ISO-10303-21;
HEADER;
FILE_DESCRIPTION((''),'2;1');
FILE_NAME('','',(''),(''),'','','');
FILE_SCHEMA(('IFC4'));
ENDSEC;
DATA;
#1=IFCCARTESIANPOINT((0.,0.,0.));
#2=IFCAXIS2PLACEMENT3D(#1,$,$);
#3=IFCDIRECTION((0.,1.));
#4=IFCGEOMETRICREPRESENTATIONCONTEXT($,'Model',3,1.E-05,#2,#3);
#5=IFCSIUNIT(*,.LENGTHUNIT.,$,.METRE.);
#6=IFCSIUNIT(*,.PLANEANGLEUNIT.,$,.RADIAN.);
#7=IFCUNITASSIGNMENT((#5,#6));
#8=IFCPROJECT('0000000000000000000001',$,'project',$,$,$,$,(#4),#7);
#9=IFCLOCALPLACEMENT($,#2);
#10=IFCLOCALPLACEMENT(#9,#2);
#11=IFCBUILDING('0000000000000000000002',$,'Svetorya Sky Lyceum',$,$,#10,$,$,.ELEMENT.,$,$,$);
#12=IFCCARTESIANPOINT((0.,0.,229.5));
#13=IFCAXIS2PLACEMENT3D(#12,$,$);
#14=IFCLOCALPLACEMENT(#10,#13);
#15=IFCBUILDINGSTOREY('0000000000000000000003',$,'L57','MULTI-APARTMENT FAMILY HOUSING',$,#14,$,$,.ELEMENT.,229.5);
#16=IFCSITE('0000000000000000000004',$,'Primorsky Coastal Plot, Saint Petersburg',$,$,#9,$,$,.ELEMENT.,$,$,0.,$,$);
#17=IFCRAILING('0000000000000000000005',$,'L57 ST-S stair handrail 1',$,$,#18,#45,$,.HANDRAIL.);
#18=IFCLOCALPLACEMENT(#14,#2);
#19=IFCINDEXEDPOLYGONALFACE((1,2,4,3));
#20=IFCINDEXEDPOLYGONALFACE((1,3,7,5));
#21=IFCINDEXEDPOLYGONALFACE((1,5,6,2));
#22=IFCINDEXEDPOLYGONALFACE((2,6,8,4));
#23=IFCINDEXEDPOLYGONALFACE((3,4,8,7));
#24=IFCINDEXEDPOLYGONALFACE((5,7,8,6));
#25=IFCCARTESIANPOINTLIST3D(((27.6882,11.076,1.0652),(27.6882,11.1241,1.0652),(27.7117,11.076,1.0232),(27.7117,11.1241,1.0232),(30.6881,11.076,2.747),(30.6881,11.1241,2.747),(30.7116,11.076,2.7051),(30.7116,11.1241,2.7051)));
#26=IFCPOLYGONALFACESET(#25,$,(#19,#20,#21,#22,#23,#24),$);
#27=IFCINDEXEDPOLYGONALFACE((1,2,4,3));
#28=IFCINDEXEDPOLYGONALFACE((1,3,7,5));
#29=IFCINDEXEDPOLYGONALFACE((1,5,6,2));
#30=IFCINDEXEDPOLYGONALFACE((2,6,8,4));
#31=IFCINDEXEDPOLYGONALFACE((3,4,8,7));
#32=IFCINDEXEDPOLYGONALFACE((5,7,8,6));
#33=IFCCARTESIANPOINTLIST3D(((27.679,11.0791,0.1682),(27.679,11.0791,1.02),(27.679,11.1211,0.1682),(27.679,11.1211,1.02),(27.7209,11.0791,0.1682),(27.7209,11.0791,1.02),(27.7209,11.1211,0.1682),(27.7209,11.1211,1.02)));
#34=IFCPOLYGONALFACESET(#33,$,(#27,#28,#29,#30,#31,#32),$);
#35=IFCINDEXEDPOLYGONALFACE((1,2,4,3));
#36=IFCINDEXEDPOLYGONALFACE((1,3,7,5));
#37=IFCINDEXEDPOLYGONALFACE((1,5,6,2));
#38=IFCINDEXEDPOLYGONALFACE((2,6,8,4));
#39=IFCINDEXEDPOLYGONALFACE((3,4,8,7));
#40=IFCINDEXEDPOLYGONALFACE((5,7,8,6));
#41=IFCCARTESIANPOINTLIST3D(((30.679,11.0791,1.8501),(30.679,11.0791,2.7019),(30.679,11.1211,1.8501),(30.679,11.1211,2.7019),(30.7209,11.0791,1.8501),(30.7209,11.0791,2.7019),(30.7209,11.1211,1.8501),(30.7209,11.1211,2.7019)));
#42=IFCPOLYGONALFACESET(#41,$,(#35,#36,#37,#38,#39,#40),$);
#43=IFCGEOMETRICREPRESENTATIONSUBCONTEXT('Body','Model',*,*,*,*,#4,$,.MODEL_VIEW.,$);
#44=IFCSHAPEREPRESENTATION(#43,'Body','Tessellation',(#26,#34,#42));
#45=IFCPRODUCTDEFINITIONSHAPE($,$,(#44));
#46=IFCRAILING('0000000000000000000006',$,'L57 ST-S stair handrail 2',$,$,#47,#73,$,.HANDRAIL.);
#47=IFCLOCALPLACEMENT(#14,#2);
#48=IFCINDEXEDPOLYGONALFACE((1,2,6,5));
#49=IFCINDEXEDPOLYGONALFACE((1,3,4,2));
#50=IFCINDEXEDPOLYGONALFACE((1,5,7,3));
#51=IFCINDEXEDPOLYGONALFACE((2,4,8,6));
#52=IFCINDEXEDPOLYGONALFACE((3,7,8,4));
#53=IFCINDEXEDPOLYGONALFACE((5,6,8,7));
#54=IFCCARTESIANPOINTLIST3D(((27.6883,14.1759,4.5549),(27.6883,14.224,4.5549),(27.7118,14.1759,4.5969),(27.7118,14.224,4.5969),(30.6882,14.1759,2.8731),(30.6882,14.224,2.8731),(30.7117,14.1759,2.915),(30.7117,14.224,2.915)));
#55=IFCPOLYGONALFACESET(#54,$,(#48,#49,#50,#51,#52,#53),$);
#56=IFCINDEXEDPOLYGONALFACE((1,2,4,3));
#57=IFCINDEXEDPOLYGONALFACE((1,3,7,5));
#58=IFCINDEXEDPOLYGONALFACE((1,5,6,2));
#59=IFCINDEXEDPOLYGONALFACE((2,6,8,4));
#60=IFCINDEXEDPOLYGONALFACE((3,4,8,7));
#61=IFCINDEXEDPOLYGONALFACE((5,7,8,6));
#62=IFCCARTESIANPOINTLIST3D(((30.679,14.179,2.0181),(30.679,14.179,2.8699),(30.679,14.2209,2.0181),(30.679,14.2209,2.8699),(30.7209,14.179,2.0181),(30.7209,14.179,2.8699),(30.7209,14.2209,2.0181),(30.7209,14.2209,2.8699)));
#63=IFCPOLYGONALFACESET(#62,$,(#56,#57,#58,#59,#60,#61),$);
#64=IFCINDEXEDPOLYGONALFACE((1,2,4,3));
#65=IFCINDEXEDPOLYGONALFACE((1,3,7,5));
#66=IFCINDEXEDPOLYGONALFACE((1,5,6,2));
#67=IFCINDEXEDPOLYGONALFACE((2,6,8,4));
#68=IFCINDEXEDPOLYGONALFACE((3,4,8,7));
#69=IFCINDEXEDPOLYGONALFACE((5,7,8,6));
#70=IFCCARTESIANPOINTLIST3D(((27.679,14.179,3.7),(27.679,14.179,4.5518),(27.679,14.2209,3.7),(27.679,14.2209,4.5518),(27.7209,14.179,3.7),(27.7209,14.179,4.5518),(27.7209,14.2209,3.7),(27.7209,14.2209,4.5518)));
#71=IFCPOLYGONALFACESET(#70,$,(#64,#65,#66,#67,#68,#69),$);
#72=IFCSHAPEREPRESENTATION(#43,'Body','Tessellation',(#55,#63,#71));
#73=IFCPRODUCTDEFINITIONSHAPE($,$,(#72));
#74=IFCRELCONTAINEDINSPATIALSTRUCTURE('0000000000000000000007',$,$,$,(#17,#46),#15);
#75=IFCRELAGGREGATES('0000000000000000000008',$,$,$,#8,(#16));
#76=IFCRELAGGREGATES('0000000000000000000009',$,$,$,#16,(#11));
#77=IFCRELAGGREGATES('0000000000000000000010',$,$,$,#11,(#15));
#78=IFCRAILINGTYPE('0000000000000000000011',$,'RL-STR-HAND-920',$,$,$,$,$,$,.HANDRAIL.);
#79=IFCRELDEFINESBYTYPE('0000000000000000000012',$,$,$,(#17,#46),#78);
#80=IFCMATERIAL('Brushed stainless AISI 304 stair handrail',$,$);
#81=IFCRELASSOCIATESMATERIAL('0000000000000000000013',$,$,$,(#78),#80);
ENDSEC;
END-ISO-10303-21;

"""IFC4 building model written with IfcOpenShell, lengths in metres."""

from ifc_helpers import new_model, si_unit, direction, frame, origin, origin_2d, place, context, subcontext, project, spatial, rectangle, extrude, material, type_object, element, save


model = new_model("IFC4")

# Units and contexts
model_context = context("Model", 3, precision=1e-05, world=origin(), true_north=direction((0.0, 1.0)))
body_context = subcontext(model_context, "Body", "Model", "MODEL_VIEW")
ifc_project = project(units=[si_unit("LENGTHUNIT", "METRE"), si_unit("PLANEANGLEUNIT", "RADIAN")], contexts=[model_context])

# Site, building, storey
site_placement = place(None, origin())
site = spatial("IfcSite", under=ifc_project, at=site_placement, Name="Primorsky Coastal Plot, Saint Petersburg", CompositionType="ELEMENT", RefElevation=0.0)
building_placement = place(site_placement, origin())
building = spatial("IfcBuilding", under=site, at=building_placement, Name="Svetorya Sky Lyceum", CompositionType="ELEMENT")
storey_placement = place(building_placement, frame((0.0, 0.0, 229.5)))
storey = spatial("IfcBuildingStorey", under=building, at=storey_placement, Name="L57", Description="MULTI-APARTMENT FAMILY HOUSING", CompositionType="ELEMENT", Elevation=229.5)

# Railings
ifc_material_1 = material(Name="Brushed stainless AISI 304 stair handrail")
railing_type_1 = type_object("IfcRailingType", Name="RL-STR-HAND-920", PredefinedType="HANDRAIL", material=ifc_material_1)
railing_1_placement = place(storey_placement, frame((27.7, 11.1001, 0.1682)))
element("IfcRailing", 1, at=railing_1_placement, inside=storey, type_object=railing_type_1, Name="L57 ST-S stair handrail 1", PredefinedType="HANDRAIL", context=body_context, shape_type="SweptSolid", body=[
    extrude(rectangle(XDim=0.0481, YDim=0.0481, at=origin_2d()), frame((0.0, 0.0, 0.876), z_axis=(0.872272, 0.0, 0.48902), x_axis=(0.0, 1.0, 0.0)), (0.0, 0.0, 1.0), 3.4392),
    extrude(rectangle(XDim=0.042, YDim=0.042, at=origin_2d()), origin(), (0.0, 0.0, 1.0), 0.8518),
    extrude(rectangle(XDim=0.042, YDim=0.042, at=origin_2d()), frame((3.0, 0.0, 1.6819)), (0.0, 0.0, 1.0), 0.8518),
])
railing_2_placement = place(storey_placement, frame((30.7, 14.2, 2.0181)))
element("IfcRailing", 2, at=railing_2_placement, inside=storey, type_object=railing_type_1, Name="L57 ST-S stair handrail 2", PredefinedType="HANDRAIL", context=body_context, shape_type="SweptSolid", body=[
    extrude(rectangle(XDim=0.0481, YDim=0.0481, at=origin_2d()), frame((0.0, 0.0, 0.876), z_axis=(-0.872272, 0.0, 0.48902), x_axis=(0.0, -1.0, 0.0)), (0.0, 0.0, 1.0), 3.4392),
    extrude(rectangle(XDim=0.042, YDim=0.042, at=origin_2d()), origin(), (0.0, 0.0, 1.0), 0.8518),
    extrude(rectangle(XDim=0.042, YDim=0.042, at=origin_2d()), frame((-3.0, 0.0, 1.6819)), (0.0, 0.0, 1.0), 0.8518),
])

save(model, "model.ifc")
